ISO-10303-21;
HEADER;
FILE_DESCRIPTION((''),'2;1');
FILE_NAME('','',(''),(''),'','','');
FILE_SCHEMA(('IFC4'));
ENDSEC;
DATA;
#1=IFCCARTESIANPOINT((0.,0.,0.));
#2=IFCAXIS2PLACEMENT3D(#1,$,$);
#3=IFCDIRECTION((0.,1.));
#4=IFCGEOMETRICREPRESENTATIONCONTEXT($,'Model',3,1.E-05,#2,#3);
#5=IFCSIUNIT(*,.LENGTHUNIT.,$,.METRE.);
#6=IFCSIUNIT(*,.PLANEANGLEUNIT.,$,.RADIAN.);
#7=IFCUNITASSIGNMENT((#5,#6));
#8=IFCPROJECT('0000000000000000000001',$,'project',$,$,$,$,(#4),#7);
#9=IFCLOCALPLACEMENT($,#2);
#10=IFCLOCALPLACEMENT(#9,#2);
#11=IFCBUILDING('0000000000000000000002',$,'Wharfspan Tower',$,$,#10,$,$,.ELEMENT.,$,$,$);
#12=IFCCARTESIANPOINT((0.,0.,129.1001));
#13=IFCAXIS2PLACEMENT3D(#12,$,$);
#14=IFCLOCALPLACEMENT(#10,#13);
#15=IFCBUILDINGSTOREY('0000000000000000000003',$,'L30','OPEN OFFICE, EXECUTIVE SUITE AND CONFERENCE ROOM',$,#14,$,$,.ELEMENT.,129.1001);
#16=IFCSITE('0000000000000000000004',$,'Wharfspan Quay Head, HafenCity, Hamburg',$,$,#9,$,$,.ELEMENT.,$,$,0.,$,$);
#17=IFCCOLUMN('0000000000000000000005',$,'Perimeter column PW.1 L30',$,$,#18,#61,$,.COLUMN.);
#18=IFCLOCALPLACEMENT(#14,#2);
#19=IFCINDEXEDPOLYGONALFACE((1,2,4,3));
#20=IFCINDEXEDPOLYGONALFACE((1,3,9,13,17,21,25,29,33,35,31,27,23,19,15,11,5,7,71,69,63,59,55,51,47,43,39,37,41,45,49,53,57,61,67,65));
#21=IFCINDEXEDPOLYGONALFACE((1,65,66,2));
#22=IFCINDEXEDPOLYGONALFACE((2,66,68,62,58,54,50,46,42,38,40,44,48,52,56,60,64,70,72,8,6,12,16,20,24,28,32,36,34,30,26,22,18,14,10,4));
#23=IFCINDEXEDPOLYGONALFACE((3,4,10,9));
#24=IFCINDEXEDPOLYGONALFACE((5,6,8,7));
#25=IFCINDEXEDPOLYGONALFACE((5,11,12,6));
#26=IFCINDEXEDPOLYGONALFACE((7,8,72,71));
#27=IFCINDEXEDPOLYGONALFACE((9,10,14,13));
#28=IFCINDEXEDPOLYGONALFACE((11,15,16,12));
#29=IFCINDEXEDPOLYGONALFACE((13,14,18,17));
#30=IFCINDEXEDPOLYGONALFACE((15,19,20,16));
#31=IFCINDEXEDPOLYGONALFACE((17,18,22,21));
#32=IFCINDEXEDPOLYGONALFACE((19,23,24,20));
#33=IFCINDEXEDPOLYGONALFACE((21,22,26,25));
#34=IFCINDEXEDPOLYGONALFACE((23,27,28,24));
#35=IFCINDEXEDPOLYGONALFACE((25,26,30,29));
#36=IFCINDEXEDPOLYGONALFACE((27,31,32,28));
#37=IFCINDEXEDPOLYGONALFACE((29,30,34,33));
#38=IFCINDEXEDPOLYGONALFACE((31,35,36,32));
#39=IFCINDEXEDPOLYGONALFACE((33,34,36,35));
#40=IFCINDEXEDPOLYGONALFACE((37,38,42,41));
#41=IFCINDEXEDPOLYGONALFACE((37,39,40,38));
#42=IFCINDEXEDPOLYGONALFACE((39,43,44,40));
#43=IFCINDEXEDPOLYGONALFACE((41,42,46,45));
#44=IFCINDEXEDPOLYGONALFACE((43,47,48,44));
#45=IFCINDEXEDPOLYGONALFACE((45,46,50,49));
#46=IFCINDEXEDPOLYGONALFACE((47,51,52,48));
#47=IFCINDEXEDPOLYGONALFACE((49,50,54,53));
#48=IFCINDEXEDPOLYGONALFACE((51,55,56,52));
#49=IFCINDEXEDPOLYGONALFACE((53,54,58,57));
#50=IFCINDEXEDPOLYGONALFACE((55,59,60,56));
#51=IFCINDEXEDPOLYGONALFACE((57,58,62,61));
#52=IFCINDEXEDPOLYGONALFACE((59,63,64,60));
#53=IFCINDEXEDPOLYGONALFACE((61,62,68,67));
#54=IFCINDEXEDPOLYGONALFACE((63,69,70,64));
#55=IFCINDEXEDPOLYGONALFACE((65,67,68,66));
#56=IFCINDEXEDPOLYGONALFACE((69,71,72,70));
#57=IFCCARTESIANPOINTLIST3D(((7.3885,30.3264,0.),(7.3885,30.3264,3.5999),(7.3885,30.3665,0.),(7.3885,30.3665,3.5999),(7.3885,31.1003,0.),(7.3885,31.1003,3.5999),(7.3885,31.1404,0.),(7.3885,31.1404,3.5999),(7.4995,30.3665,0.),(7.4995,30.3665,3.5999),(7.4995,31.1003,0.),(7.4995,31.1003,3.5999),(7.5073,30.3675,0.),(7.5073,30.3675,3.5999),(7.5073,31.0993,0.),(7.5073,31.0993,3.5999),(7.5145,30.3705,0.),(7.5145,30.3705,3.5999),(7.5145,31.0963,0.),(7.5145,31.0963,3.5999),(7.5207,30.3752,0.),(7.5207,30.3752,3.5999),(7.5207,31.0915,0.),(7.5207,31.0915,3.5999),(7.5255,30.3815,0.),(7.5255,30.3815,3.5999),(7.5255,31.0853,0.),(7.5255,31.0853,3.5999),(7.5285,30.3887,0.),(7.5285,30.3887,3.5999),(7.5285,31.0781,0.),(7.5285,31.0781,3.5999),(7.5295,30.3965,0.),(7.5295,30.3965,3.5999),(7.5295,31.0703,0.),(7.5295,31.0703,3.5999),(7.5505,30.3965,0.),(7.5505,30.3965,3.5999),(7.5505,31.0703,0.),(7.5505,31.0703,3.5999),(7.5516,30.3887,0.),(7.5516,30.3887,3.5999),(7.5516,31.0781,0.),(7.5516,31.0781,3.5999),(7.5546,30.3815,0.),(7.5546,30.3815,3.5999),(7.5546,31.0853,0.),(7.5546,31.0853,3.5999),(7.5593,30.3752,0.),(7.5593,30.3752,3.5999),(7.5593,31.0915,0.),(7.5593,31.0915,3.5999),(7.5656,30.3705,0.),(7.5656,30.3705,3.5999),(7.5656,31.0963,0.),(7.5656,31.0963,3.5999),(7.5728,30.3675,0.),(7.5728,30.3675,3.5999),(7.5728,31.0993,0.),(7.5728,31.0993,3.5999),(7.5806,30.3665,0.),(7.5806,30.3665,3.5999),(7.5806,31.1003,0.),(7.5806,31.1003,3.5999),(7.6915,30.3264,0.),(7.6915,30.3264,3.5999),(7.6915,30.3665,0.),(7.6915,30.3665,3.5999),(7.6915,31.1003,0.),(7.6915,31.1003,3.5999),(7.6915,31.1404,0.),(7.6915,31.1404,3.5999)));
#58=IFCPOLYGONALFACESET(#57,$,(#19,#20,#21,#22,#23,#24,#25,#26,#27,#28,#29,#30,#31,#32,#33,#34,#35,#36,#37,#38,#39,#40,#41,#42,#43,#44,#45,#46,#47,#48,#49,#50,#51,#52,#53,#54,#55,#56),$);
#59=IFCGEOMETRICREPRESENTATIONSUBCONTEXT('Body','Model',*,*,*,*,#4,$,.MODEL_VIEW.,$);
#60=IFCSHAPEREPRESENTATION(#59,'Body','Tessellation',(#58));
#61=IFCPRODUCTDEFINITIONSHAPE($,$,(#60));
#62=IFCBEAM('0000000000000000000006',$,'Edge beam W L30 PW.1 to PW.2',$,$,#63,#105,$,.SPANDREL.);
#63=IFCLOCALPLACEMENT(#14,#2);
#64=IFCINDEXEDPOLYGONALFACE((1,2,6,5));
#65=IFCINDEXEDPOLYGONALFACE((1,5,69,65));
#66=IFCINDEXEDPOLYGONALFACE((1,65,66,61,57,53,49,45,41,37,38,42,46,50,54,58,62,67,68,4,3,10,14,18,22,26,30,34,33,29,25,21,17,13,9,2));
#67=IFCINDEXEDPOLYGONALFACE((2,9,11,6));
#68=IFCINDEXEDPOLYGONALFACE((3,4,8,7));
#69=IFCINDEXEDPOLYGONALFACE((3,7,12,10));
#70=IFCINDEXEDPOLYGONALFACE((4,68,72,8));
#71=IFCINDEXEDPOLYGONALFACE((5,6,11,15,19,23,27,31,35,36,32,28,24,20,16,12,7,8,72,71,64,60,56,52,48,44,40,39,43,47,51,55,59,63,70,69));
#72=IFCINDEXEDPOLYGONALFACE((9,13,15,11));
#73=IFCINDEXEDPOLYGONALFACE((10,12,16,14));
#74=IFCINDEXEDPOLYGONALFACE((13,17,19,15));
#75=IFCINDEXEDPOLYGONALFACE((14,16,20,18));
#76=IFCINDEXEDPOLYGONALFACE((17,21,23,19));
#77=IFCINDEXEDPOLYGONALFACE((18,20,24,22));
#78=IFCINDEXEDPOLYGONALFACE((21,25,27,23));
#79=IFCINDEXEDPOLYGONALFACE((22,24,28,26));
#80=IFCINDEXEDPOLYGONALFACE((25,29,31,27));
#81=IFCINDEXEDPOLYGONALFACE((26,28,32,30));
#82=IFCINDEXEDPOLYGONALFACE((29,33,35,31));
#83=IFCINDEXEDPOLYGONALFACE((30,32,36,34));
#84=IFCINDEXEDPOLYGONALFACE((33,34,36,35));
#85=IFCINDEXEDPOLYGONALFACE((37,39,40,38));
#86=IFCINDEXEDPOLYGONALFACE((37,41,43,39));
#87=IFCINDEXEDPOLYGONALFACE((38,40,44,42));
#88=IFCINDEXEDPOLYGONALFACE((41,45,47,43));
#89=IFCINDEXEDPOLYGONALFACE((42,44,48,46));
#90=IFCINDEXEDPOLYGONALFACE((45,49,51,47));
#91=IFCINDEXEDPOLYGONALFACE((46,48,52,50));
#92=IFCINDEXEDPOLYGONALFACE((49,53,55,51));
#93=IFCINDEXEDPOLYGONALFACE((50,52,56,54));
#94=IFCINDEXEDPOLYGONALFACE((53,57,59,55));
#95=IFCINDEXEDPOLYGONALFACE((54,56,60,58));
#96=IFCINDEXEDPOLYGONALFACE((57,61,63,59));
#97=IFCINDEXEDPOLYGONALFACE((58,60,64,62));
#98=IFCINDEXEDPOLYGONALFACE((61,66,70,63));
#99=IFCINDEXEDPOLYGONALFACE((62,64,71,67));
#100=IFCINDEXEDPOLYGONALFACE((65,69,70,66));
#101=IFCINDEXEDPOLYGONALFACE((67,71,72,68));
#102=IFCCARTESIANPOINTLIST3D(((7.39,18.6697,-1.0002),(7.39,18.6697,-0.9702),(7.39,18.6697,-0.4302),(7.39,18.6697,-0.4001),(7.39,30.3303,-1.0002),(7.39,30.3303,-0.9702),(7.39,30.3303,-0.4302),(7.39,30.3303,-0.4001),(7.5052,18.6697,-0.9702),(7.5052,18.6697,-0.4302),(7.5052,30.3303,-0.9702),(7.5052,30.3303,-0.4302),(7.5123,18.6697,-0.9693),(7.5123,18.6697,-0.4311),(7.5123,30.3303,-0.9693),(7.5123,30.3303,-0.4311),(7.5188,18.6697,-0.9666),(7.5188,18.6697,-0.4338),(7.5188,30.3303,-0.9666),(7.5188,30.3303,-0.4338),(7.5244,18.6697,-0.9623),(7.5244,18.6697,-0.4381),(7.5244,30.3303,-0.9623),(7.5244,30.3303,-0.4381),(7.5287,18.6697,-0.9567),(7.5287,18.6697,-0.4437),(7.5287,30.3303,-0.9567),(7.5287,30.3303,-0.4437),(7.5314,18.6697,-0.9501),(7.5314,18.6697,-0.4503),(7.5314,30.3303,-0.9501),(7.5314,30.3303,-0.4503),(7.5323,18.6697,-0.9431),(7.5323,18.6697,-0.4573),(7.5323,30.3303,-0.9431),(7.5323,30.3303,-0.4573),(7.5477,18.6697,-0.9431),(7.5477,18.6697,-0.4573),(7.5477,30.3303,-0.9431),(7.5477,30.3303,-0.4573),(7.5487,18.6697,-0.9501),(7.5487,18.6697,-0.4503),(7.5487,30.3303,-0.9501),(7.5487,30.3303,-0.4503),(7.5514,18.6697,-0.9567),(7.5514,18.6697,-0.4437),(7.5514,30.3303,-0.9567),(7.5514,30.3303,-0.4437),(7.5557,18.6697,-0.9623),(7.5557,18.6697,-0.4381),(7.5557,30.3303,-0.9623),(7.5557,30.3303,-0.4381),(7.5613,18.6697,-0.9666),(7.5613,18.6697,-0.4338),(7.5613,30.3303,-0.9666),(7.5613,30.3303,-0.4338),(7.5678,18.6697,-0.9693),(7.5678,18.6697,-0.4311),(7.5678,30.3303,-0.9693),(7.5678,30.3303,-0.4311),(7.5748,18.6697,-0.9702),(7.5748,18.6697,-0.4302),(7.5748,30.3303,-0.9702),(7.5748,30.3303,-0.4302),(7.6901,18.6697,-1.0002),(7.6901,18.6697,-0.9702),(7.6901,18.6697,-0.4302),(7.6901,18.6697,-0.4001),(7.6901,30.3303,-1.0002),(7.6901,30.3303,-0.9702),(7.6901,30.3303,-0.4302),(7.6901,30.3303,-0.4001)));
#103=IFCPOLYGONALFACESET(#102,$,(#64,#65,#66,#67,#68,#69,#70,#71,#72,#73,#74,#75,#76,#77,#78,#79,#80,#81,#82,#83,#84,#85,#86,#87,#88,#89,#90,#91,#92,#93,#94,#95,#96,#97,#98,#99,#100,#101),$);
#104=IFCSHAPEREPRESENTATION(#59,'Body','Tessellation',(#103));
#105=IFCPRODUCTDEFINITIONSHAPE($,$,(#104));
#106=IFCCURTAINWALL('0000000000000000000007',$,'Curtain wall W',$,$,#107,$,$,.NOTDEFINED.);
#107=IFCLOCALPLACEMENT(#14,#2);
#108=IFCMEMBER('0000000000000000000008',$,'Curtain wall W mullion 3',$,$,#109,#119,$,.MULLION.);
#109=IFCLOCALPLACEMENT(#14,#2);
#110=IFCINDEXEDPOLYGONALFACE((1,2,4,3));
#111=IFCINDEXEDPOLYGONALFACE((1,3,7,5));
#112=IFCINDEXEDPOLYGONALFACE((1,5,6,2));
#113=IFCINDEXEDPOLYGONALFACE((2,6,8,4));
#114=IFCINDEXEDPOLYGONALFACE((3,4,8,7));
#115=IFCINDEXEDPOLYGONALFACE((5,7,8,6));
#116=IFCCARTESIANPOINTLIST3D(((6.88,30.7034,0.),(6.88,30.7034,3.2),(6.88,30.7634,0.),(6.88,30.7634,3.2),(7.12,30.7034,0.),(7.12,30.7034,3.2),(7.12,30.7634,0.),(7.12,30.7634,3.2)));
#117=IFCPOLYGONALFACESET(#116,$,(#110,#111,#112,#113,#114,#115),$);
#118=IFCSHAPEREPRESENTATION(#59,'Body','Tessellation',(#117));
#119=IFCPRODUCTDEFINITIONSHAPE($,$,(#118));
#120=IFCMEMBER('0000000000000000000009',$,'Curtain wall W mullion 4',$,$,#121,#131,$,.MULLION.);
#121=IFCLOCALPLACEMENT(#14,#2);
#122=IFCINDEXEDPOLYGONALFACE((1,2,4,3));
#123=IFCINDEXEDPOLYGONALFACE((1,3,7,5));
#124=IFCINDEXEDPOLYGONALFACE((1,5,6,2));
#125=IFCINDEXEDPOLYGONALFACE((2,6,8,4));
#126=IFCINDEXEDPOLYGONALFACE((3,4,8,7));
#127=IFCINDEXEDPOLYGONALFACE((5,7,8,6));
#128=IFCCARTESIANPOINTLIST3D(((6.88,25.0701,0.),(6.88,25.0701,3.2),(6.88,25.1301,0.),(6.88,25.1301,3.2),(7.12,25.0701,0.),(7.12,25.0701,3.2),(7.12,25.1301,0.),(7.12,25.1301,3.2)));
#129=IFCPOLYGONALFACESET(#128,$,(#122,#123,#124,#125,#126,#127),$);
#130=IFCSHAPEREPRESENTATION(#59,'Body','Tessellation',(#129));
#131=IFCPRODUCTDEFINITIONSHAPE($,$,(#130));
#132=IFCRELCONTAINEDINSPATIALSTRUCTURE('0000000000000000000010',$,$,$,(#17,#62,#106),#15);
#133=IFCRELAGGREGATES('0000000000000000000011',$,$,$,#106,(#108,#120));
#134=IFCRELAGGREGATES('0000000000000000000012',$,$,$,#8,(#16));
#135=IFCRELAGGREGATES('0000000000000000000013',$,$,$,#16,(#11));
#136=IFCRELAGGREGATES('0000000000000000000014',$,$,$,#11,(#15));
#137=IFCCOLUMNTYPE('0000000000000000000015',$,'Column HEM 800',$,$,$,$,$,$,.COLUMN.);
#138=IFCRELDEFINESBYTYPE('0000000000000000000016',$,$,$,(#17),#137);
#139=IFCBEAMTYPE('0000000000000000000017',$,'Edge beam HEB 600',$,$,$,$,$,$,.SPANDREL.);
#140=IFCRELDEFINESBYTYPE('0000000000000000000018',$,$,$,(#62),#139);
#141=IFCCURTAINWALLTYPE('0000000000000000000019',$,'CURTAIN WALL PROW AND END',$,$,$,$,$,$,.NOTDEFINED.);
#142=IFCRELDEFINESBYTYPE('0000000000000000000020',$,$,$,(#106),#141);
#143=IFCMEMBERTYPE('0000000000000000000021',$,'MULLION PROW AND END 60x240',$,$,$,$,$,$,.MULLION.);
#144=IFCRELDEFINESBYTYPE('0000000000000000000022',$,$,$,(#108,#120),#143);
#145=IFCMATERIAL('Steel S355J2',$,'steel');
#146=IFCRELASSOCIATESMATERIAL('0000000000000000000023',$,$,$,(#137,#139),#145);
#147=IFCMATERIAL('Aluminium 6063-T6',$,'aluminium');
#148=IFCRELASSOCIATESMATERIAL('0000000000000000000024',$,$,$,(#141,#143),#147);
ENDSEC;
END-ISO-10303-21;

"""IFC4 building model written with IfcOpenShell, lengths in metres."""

from ifc_helpers import new_model, si_unit, direction, frame, origin, origin_2d, place, context, subcontext, project, spatial, rectangle, i_section, extrude, material, material_profile, profile_set, type_object, element, aggregate, save


model = new_model("IFC4")

# Units and contexts
model_context = context("Model", 3, precision=1e-05, world=origin(), true_north=direction((0.0, 1.0)))
body_context = subcontext(model_context, "Body", "Model", "MODEL_VIEW")
ifc_project = project(units=[si_unit("LENGTHUNIT", "METRE"), si_unit("PLANEANGLEUNIT", "RADIAN")], contexts=[model_context])

# Site, building, storey
site_placement = place(None, origin())
site = spatial("IfcSite", under=ifc_project, at=site_placement, Name="Wharfspan Quay Head, HafenCity, Hamburg", CompositionType="ELEMENT", RefElevation=0.0)
building_placement = place(site_placement, origin())
building = spatial("IfcBuilding", under=site, at=building_placement, Name="Wharfspan Tower", CompositionType="ELEMENT")
storey_placement = place(building_placement, frame((0.0, 0.0, 129.1001)))
storey = spatial("IfcBuildingStorey", under=building, at=storey_placement, Name="L30", Description="OPEN OFFICE, EXECUTIVE SUITE AND CONFERENCE ROOM", CompositionType="ELEMENT", Elevation=129.1001)

# Column
ifc_material_1 = material(Name="Steel S355J2", Category="steel")
ifc_material_profile_1 = material_profile(ifc_material_1, i_section(OverallWidth=0.303, OverallDepth=0.814, WebThickness=0.021, FlangeThickness=0.04, FilletRadius=0.03, at=origin_2d()))
ifc_profile_set_1 = profile_set([ifc_material_profile_1], Name="Steel S355J2")
column_type = type_object("IfcColumnType", Name="Column HEM 800", PredefinedType="COLUMN", material=ifc_profile_set_1)
column_placement = place(storey_placement, frame((7.54, 30.7334, 0.0), z_axis=(0.0, 0.0, 1.0), x_axis=(-1.0, 0.0, 0.0)))
element("IfcColumn", 1, at=column_placement, inside=storey, type_object=column_type, Name="Perimeter column PW.1 L30", PredefinedType="COLUMN", context=body_context, shape_type="SweptSolid", body=[
    extrude(i_section(OverallWidth=0.303, OverallDepth=0.814, WebThickness=0.021, FlangeThickness=0.04, FilletRadius=0.03, at=origin_2d()), origin(), (0.0, 0.0, 1.0), 3.5999),
])

# Beam
ifc_material_profile_2 = material_profile(ifc_material_1, i_section(OverallWidth=0.3, OverallDepth=0.6001, WebThickness=0.0154, FlangeThickness=0.03, FilletRadius=0.0271, at=origin_2d()))
ifc_profile_set_2 = profile_set([ifc_material_profile_2], Name="Steel S355J2")
beam_type = type_object("IfcBeamType", Name="Edge beam HEB 600", PredefinedType="SPANDREL", material=ifc_profile_set_2)
beam_placement = place(storey_placement, frame((7.54, 30.3303, -0.7002), z_axis=(0.0, -1.0, 0.0), x_axis=(1.0, 0.0, 0.0)))
element("IfcBeam", 2, at=beam_placement, inside=storey, type_object=beam_type, Name="Edge beam W L30 PW.1 to PW.2", PredefinedType="SPANDREL", context=body_context, shape_type="SweptSolid", body=[
    extrude(i_section(OverallWidth=0.3, OverallDepth=0.6001, WebThickness=0.0154, FlangeThickness=0.03, FilletRadius=0.0271, at=origin_2d()), origin(), (0.0, 0.0, 1.0), 11.6606),
])

# Curtain wall, members
ifc_material_2 = material(Name="Aluminium 6063-T6", Category="aluminium")
curtain_wall_type = type_object("IfcCurtainWallType", Name="CURTAIN WALL PROW AND END", PredefinedType="NOTDEFINED", material=ifc_material_2)
curtain_wall_placement = place(storey_placement, origin())
curtain_wall = element("IfcCurtainWall", 3, at=curtain_wall_placement, inside=storey, type_object=curtain_wall_type, Name="Curtain wall W", PredefinedType="NOTDEFINED")
ifc_material_profile_3 = material_profile(ifc_material_2, rectangle(XDim=0.24, YDim=0.0601, at=origin_2d()))
ifc_profile_set_3 = profile_set([ifc_material_profile_3], Name="Aluminium 6063-T6")
member_type_1 = type_object("IfcMemberType", Name="MULLION PROW AND END 60x240", PredefinedType="MULLION", material=ifc_profile_set_3)
member_1_placement = place(storey_placement, frame((7.0, 30.7334, 0.0), z_axis=(0.0, 0.0, 1.0), x_axis=(1.0, 0.0, 0.0)))
member_1 = element("IfcMember", 4, at=member_1_placement, type_object=member_type_1, Name="Curtain wall W mullion 3", PredefinedType="MULLION", context=body_context, shape_type="SweptSolid", body=[
    extrude(rectangle(XDim=0.24, YDim=0.0601, at=origin_2d()), origin(), (0.0, 0.0, 1.0), 3.2),
])
member_2_placement = place(storey_placement, frame((7.0, 25.1001, 0.0), z_axis=(0.0, 0.0, 1.0), x_axis=(1.0, 0.0, 0.0)))
member_2 = element("IfcMember", 5, at=member_2_placement, type_object=member_type_1, Name="Curtain wall W mullion 4", PredefinedType="MULLION", context=body_context, shape_type="SweptSolid", body=[
    extrude(rectangle(XDim=0.24, YDim=0.0601, at=origin_2d()), origin(), (0.0, 0.0, 1.0), 3.2),
])

aggregate(curtain_wall, [member_1, member_2])

save(model, "model.ifc")
